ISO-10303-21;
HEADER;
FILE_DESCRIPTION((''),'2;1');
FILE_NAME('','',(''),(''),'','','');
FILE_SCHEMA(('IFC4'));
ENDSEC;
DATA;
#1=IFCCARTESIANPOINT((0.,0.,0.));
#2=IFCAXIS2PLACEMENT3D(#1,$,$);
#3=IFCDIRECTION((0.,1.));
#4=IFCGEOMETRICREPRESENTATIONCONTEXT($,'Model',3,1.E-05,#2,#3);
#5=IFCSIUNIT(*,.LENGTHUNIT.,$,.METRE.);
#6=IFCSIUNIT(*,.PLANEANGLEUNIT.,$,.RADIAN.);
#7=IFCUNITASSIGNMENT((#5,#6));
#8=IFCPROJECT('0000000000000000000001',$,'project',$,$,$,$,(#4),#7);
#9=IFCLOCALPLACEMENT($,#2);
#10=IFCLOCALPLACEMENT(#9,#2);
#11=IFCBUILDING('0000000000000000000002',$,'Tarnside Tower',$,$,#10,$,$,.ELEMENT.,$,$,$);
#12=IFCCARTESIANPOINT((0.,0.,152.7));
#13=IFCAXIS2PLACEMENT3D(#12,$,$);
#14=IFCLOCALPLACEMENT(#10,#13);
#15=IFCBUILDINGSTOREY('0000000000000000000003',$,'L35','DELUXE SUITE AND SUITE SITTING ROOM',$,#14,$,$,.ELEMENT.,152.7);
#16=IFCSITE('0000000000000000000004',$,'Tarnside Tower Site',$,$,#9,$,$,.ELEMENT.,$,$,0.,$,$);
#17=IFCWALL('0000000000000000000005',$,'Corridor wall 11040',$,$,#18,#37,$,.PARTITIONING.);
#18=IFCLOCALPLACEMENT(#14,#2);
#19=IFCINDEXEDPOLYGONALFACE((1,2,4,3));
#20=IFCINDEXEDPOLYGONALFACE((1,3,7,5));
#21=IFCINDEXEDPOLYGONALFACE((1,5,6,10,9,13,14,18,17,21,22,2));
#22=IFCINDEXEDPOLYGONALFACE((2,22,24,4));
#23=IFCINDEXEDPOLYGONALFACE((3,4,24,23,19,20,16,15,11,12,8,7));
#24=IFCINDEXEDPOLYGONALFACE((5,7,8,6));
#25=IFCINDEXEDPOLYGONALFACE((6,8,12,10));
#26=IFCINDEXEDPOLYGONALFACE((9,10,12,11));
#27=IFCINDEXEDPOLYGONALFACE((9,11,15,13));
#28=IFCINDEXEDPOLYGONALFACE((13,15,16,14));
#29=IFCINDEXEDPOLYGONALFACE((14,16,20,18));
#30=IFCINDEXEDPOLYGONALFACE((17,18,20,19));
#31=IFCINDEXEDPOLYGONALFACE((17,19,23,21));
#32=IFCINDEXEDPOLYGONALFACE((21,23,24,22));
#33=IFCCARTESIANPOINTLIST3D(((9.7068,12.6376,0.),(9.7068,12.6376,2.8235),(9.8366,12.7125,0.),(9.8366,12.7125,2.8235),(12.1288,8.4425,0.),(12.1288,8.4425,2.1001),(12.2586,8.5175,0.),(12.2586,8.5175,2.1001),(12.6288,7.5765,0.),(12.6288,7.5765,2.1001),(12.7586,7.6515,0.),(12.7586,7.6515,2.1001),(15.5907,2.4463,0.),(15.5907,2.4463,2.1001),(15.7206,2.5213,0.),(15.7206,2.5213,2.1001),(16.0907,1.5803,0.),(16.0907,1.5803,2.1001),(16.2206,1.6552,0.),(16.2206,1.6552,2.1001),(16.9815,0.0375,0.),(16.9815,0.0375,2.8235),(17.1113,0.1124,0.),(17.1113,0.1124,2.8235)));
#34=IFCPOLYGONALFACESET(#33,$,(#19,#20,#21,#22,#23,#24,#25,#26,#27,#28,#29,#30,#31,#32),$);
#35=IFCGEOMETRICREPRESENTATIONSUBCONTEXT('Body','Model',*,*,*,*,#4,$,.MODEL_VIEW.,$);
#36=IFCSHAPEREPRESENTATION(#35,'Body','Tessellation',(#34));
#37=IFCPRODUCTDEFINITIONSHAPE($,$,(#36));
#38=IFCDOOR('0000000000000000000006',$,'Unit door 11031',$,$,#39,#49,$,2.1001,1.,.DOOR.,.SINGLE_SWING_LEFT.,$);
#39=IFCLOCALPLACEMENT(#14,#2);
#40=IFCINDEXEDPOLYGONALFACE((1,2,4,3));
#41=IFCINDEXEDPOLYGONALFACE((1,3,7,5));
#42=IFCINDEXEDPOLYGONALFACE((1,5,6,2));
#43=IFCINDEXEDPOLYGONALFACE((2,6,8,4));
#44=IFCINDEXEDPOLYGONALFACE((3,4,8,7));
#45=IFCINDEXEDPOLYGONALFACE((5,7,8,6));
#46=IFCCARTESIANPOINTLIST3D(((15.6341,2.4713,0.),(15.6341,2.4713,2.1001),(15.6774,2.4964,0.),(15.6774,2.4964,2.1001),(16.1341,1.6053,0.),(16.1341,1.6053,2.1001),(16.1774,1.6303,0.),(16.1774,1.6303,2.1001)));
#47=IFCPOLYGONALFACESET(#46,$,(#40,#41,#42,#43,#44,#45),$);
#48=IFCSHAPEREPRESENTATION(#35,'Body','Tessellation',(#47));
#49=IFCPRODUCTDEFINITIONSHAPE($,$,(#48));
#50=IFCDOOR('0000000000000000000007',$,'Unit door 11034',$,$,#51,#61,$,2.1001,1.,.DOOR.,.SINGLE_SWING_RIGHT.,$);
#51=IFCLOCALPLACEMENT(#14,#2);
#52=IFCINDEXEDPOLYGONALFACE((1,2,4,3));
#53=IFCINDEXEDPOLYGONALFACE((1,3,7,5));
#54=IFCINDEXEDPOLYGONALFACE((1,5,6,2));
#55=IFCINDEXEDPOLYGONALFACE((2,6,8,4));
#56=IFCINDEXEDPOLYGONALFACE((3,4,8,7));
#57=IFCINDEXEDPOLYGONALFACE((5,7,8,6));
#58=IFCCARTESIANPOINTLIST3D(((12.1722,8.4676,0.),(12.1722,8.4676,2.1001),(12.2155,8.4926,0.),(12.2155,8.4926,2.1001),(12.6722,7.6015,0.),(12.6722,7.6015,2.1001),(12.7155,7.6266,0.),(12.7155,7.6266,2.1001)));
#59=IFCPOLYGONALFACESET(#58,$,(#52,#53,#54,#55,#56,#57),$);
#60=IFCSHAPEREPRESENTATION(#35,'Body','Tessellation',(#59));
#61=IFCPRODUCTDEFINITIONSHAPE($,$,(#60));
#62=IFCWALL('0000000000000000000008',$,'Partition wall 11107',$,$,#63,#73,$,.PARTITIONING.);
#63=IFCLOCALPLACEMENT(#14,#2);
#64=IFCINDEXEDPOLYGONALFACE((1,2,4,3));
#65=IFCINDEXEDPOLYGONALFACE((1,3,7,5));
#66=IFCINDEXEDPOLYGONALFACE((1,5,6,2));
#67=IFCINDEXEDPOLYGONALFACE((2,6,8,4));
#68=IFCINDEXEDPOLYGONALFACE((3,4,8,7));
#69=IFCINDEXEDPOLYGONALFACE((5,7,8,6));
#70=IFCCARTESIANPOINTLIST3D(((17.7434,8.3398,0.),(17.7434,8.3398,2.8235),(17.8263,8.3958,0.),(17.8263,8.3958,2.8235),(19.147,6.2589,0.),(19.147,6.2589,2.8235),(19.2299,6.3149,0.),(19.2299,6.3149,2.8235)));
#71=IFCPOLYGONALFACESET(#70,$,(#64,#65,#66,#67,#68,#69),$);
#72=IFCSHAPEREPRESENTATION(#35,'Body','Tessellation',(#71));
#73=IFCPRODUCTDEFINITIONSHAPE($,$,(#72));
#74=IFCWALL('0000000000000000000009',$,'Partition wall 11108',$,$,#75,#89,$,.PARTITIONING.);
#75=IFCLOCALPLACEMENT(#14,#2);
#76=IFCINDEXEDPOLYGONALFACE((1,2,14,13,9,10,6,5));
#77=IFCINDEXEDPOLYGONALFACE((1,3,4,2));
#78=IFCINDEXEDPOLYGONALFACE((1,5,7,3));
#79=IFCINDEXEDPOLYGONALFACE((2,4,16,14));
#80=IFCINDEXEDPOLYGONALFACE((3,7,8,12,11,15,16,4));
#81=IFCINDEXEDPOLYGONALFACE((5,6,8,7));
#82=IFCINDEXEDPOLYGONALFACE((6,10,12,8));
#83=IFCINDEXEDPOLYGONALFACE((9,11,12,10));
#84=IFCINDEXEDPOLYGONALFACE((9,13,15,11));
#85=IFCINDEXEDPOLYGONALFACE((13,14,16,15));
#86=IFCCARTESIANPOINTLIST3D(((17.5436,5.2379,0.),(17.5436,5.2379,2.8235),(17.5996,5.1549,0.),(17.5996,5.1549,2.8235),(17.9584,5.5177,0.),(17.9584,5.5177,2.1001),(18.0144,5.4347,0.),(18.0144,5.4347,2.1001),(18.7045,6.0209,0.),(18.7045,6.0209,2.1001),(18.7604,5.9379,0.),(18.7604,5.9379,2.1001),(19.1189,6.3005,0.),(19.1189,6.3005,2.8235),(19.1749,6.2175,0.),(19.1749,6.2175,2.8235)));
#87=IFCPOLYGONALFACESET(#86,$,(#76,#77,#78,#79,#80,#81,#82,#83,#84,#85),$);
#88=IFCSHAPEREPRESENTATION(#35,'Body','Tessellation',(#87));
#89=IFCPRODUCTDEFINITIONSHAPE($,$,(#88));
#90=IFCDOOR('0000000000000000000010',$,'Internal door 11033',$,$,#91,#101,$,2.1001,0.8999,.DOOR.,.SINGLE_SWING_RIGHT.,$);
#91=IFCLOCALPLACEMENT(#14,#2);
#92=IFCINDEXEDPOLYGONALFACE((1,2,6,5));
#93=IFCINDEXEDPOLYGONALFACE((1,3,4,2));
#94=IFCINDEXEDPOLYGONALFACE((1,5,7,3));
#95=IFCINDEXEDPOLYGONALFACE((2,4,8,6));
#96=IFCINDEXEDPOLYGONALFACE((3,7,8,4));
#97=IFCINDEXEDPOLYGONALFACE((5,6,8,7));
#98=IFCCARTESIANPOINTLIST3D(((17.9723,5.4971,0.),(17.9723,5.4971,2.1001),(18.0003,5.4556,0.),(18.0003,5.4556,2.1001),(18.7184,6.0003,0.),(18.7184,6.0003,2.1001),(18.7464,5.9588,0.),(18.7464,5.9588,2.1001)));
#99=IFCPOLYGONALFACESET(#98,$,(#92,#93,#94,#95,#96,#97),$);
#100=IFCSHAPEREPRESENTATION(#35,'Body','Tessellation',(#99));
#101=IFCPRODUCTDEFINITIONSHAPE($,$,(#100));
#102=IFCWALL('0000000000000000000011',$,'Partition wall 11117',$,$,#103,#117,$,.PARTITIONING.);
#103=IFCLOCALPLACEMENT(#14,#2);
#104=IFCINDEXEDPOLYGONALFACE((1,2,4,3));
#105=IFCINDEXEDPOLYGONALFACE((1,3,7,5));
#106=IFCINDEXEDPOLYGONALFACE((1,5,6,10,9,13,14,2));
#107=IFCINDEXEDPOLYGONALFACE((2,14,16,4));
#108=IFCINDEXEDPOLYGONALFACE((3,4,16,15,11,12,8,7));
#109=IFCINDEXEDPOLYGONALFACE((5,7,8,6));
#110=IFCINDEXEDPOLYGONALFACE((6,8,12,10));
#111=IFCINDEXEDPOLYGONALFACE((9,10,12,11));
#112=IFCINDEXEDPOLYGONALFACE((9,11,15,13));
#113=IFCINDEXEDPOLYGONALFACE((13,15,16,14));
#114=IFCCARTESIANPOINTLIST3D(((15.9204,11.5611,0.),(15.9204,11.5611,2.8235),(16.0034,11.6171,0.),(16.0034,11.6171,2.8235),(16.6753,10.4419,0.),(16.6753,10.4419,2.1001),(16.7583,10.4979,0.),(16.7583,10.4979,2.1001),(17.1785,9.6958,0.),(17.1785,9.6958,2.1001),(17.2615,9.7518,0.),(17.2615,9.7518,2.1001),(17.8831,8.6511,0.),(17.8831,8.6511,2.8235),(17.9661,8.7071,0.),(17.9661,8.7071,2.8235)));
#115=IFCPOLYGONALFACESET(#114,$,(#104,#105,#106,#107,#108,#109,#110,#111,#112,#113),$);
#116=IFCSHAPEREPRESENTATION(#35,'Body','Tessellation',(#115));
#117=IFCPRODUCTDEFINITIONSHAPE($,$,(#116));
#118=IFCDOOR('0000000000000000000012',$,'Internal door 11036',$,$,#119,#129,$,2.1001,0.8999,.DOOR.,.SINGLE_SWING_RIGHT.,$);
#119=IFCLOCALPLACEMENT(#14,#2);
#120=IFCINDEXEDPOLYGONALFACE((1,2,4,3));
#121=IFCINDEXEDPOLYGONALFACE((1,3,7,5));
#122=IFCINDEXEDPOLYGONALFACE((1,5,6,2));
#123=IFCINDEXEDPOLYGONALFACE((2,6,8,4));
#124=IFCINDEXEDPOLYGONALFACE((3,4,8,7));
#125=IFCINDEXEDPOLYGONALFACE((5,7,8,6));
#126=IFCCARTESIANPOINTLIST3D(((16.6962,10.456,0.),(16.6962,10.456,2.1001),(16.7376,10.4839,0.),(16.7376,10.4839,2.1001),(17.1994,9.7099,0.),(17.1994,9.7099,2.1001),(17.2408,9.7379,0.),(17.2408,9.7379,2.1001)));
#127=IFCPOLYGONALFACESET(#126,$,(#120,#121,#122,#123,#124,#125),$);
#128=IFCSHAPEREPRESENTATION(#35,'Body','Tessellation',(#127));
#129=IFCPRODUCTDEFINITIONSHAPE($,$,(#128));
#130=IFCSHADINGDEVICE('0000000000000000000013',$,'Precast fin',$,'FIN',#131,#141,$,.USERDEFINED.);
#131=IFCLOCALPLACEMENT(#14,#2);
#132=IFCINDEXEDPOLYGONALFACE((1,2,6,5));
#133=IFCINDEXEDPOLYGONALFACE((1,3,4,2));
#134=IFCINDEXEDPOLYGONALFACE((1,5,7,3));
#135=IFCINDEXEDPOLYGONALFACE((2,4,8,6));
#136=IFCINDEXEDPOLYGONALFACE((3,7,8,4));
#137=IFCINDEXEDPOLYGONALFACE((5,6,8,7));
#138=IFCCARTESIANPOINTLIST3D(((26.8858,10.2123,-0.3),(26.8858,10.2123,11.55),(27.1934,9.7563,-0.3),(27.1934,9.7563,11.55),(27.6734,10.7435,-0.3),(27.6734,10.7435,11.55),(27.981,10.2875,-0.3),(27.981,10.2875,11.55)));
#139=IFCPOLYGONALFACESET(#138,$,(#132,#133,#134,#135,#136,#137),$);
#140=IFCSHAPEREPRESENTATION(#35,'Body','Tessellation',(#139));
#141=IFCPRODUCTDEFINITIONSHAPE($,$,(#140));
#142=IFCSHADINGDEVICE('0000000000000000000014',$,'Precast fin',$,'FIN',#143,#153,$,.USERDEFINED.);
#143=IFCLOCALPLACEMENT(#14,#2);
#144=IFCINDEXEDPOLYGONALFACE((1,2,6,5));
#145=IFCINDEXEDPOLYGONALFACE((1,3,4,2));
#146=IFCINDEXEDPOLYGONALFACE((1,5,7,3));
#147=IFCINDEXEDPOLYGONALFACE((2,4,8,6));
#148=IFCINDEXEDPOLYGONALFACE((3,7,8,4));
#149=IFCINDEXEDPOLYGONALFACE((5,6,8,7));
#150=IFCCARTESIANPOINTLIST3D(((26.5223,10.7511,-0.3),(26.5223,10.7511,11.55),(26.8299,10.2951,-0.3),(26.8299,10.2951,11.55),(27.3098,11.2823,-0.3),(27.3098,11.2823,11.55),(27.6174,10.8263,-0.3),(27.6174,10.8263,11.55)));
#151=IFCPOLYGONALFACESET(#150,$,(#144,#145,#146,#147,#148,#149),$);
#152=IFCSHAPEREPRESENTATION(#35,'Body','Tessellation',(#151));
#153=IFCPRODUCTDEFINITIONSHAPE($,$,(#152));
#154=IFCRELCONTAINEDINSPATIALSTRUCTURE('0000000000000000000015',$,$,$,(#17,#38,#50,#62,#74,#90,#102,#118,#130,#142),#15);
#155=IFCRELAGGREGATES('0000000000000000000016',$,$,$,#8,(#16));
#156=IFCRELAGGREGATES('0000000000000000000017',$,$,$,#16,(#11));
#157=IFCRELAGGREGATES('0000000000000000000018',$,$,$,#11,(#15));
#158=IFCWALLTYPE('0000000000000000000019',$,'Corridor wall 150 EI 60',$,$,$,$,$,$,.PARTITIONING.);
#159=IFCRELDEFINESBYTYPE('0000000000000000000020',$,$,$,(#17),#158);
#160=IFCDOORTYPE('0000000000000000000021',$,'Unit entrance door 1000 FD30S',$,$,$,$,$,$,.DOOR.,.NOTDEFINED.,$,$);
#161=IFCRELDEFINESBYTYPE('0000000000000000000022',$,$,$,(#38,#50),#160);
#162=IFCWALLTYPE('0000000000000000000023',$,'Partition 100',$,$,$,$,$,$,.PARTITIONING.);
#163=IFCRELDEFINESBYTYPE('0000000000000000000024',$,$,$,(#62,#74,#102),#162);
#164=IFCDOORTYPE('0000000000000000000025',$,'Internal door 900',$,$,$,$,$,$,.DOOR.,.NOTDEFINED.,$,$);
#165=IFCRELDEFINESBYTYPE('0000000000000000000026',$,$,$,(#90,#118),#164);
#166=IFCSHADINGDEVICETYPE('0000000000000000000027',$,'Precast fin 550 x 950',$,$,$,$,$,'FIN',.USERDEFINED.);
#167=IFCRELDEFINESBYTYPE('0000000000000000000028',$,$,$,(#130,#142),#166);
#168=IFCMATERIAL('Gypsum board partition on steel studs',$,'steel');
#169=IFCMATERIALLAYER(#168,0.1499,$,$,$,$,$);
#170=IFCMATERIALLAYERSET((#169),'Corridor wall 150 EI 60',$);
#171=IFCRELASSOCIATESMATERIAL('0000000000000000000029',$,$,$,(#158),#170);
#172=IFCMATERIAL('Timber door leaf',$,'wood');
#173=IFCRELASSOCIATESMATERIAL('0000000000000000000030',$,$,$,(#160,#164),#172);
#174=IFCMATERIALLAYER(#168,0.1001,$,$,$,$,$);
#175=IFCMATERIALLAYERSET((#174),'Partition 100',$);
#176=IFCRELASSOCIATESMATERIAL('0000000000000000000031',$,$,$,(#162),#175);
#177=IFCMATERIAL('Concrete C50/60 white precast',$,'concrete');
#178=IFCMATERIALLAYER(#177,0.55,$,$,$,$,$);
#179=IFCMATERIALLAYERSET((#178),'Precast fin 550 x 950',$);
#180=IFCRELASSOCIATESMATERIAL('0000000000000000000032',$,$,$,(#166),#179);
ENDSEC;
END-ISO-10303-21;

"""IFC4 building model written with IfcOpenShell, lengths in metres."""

from ifc_helpers import new_model, si_unit, direction, frame, frame_2d, origin, place, context, subcontext, project, spatial, polyline, rectangle, outline, extrude, material, layer, layer_set, type_object, element, fill, save


model = new_model("IFC4")

# Units and contexts
model_context = context("Model", 3, precision=1e-05, world=origin(), true_north=direction((0.0, 1.0)))
body_context = subcontext(model_context, "Body", "Model", "MODEL_VIEW")
ifc_project = project(units=[si_unit("LENGTHUNIT", "METRE"), si_unit("PLANEANGLEUNIT", "RADIAN")], contexts=[model_context])

# Site, building, storey
site_placement = place(None, origin())
site = spatial("IfcSite", under=ifc_project, at=site_placement, Name="Tarnside Tower Site", CompositionType="ELEMENT", RefElevation=0.0)
building_placement = place(site_placement, origin())
building = spatial("IfcBuilding", under=site, at=building_placement, Name="Tarnside Tower", CompositionType="ELEMENT")
storey_placement = place(building_placement, frame((0.0, 0.0, 152.7)))
storey = spatial("IfcBuildingStorey", under=building, at=storey_placement, Name="L35", Description="DELUXE SUITE AND SUITE SITTING ROOM", CompositionType="ELEMENT", Elevation=152.7)

# Shared definitions
ifc_material_1 = material(Name="Gypsum board partition on steel studs", Category="steel")
ifc_material_2 = material(Name="Timber door leaf", Category="wood")

# Wall, openings, doors
ifc_layer_1 = layer(ifc_material_1, 0.1499)
ifc_layer_set_1 = layer_set([ifc_layer_1], Name="Corridor wall 150 EI 60")
wall_type_1 = type_object("IfcWallType", Name="Corridor wall 150 EI 60", PredefinedType="PARTITIONING", material=ifc_layer_set_1)
wall_1_placement = place(storey_placement, frame((17.0464, 0.075, 0.0), z_axis=(0.0, 0.0, 1.0), x_axis=(-0.499999, 0.866026, 0.0)))
wall_1 = element("IfcWall", 1, at=wall_1_placement, inside=storey, type_object=wall_type_1, Name="Corridor wall 11040", PredefinedType="PARTITIONING", context=body_context, shape_type="SweptSolid", body=[
    extrude(rectangle(XDim=14.5493, YDim=0.1499, at=frame_2d((7.2747, 0.0))), origin(), (0.0, 0.0, 1.0), 2.8235),
])
opening_1_placement = place(wall_1_placement, frame((1.7815, 0.0, 0.0)))
opening_1 = element("IfcOpeningElement", 2, at=opening_1_placement, cuts=wall_1, PredefinedType="OPENING", context=body_context, shape_type="SweptSolid", body=[
    extrude(rectangle(XDim=1.0, YDim=2.1001, at=frame_2d((0.5, 1.05))), frame((0.0, 0.085, 0.0), z_axis=(0.0, -1.0, 0.0), x_axis=(1.0, 0.0, 0.0)), (0.0, 0.0, 1.0), 0.1699),
])
opening_2_placement = place(wall_1_placement, frame((8.7053, 0.0, 0.0)))
opening_2 = element("IfcOpeningElement", 3, at=opening_2_placement, cuts=wall_1, PredefinedType="OPENING", context=body_context, shape_type="SweptSolid", body=[
    extrude(rectangle(XDim=1.0, YDim=2.1001, at=frame_2d((0.5, 1.05))), frame((0.0, 0.085, 0.0), z_axis=(0.0, -1.0, 0.0), x_axis=(1.0, 0.0, 0.0)), (0.0, 0.0, 1.0), 0.1699),
])
door_type_1 = type_object("IfcDoorType", Name="Unit entrance door 1000 FD30S", OperationType="NOTDEFINED", PredefinedType="DOOR", material=ifc_material_2)
door_1_placement = place(opening_1_placement, origin())
door_1 = element("IfcDoor", 4, at=door_1_placement, inside=storey, type_object=door_type_1, Name="Unit door 11031", OperationType="SINGLE_SWING_LEFT", OverallHeight=2.1001, OverallWidth=1.0, PredefinedType="DOOR", context=body_context, shape_type="SweptSolid", body=[
    extrude(rectangle(XDim=1.0, YDim=2.1001, at=frame_2d((0.5, 1.05))), frame((0.0, 0.0249, 0.0), z_axis=(0.0, -1.0, 0.0), x_axis=(1.0, 0.0, 0.0)), (0.0, 0.0, 1.0), 0.05),
])
fill(opening_1, door_1)
door_2_placement = place(opening_2_placement, origin())
door_2 = element("IfcDoor", 5, at=door_2_placement, inside=storey, type_object=door_type_1, Name="Unit door 11034", OperationType="SINGLE_SWING_RIGHT", OverallHeight=2.1001, OverallWidth=1.0, PredefinedType="DOOR", context=body_context, shape_type="SweptSolid", body=[
    extrude(rectangle(XDim=1.0, YDim=2.1001, at=frame_2d((0.5, 1.05))), frame((0.0, 0.0249, 0.0), z_axis=(0.0, -1.0, 0.0), x_axis=(1.0, 0.0, 0.0)), (0.0, 0.0, 1.0), 0.05),
])
fill(opening_2, door_2)

# Wall
ifc_layer_2 = layer(ifc_material_1, 0.1001)
ifc_layer_set_2 = layer_set([ifc_layer_2], Name="Partition 100")
wall_type_2 = type_object("IfcWallType", Name="Partition 100", PredefinedType="PARTITIONING", material=ifc_layer_set_2)
wall_2_placement = place(storey_placement, frame((17.7849, 8.3677, 0.0), z_axis=(0.0, 0.0, 1.0), x_axis=(0.559204, -0.82903, 0.0)))
element("IfcWall", 6, at=wall_2_placement, inside=storey, type_object=wall_type_2, Name="Partition wall 11107", PredefinedType="PARTITIONING", context=body_context, shape_type="SweptSolid", body=[
    extrude(rectangle(XDim=2.51, YDim=0.1001, at=frame_2d((1.2549, 0.0))), origin(), (0.0, 0.0, 1.0), 2.8235),
])

# Walls, openings, doors
wall_3_placement = place(storey_placement, frame((19.147, 6.259, 0.0), z_axis=(0.0, 0.0, 1.0), x_axis=(-0.829033, -0.559199, 0.0)))
wall_3 = element("IfcWall", 7, at=wall_3_placement, inside=storey, type_object=wall_type_2, Name="Partition wall 11108", PredefinedType="PARTITIONING", context=body_context, shape_type="SweptSolid", body=[
    extrude(rectangle(XDim=1.9001, YDim=0.1001, at=frame_2d((0.9502, 0.0))), origin(), (0.0, 0.0, 1.0), 2.8235),
])
opening_3_placement = place(wall_3_placement, frame((0.5, 0.0, 0.0)))
opening_3 = element("IfcOpeningElement", 8, at=opening_3_placement, cuts=wall_3, PredefinedType="OPENING", context=body_context, shape_type="SweptSolid", body=[
    extrude(rectangle(XDim=0.8999, YDim=2.1001, at=frame_2d((0.45, 1.05))), frame((0.0, 0.0601, 0.0), z_axis=(0.0, -1.0, 0.0), x_axis=(1.0, 0.0, 0.0)), (0.0, 0.0, 1.0), 0.1201),
])
door_type_2 = type_object("IfcDoorType", Name="Internal door 900", OperationType="NOTDEFINED", PredefinedType="DOOR", material=ifc_material_2)
door_3_placement = place(opening_3_placement, origin())
door_3 = element("IfcDoor", 9, at=door_3_placement, inside=storey, type_object=door_type_2, Name="Internal door 11033", OperationType="SINGLE_SWING_RIGHT", OverallHeight=2.1001, OverallWidth=0.8999, PredefinedType="DOOR", context=body_context, shape_type="SweptSolid", body=[
    extrude(rectangle(XDim=0.8999, YDim=2.1001, at=frame_2d((0.45, 1.05))), frame((0.0, 0.0249, 0.0), z_axis=(0.0, -1.0, 0.0), x_axis=(1.0, 0.0, 0.0)), (0.0, 0.0, 1.0), 0.05),
])
fill(opening_3, door_3)
wall_4_placement = place(storey_placement, frame((17.9246, 8.6792, 0.0), z_axis=(0.0, 0.0, 1.0), x_axis=(-0.559171, 0.829053, 0.0)))
wall_4 = element("IfcWall", 10, at=wall_4_placement, inside=storey, type_object=wall_type_2, Name="Partition wall 11117", PredefinedType="PARTITIONING", context=body_context, shape_type="SweptSolid", body=[
    extrude(rectangle(XDim=3.51, YDim=0.1001, at=frame_2d((1.7549, 0.0))), origin(), (0.0, 0.0, 1.0), 2.8235),
])
opening_4_placement = place(wall_4_placement, frame((1.26, 0.0, 0.0)))
opening_4 = element("IfcOpeningElement", 11, at=opening_4_placement, cuts=wall_4, PredefinedType="OPENING", context=body_context, shape_type="SweptSolid", body=[
    extrude(rectangle(XDim=0.8999, YDim=2.1001, at=frame_2d((0.45, 1.05))), frame((0.0, 0.0601, 0.0), z_axis=(0.0, -1.0, 0.0), x_axis=(1.0, 0.0, 0.0)), (0.0, 0.0, 1.0), 0.1201),
])
door_4_placement = place(opening_4_placement, origin())
door_4 = element("IfcDoor", 12, at=door_4_placement, inside=storey, type_object=door_type_2, Name="Internal door 11036", OperationType="SINGLE_SWING_RIGHT", OverallHeight=2.1001, OverallWidth=0.8999, PredefinedType="DOOR", context=body_context, shape_type="SweptSolid", body=[
    extrude(rectangle(XDim=0.8999, YDim=2.1001, at=frame_2d((0.45, 1.05))), frame((0.0, 0.0249, 0.0), z_axis=(0.0, -1.0, 0.0), x_axis=(1.0, 0.0, 0.0)), (0.0, 0.0, 1.0), 0.05),
])
fill(opening_4, door_4)

# Shading devices
ifc_material_3 = material(Name="Concrete C50/60 white precast", Category="concrete")
ifc_layer_3 = layer(ifc_material_3, 0.55)
ifc_layer_set_3 = layer_set([ifc_layer_3], Name="Precast fin 550 x 950")
shading_device_type = type_object("IfcShadingDeviceType", Name="Precast fin 550 x 950", ElementType="FIN", PredefinedType="USERDEFINED", material=ifc_layer_set_3)
for number, where, z_axis, x_axis, name in (
    (13, (27.0396, 9.9844, -0.3), (0.559193, -0.829038, 0.0), (0.829038, 0.559193, 0.0), "Precast fin"),
    (14, (26.676, 10.5232, -0.3), (0.559193, -0.829038, 0.0), (0.829038, 0.559193, 0.0), "Precast fin"),
):
    element("IfcShadingDevice", number, at=place(storey_placement, frame(where, z_axis=z_axis, x_axis=x_axis)), inside=storey, type_object=shading_device_type, Name=name, ObjectType="FIN", PredefinedType="USERDEFINED", context=body_context, shape_type="SweptSolid", body=[
        extrude(outline(polyline([(0.0, 0.0), (0.95, 0.0), (0.95, 11.8501), (0.0, 11.8501), (0.0, 0.0)])), frame((0.0, 0.0, -0.2749)), (0.0, 0.0, 1.0), 0.55),
    ])

save(model, "model.ifc")
